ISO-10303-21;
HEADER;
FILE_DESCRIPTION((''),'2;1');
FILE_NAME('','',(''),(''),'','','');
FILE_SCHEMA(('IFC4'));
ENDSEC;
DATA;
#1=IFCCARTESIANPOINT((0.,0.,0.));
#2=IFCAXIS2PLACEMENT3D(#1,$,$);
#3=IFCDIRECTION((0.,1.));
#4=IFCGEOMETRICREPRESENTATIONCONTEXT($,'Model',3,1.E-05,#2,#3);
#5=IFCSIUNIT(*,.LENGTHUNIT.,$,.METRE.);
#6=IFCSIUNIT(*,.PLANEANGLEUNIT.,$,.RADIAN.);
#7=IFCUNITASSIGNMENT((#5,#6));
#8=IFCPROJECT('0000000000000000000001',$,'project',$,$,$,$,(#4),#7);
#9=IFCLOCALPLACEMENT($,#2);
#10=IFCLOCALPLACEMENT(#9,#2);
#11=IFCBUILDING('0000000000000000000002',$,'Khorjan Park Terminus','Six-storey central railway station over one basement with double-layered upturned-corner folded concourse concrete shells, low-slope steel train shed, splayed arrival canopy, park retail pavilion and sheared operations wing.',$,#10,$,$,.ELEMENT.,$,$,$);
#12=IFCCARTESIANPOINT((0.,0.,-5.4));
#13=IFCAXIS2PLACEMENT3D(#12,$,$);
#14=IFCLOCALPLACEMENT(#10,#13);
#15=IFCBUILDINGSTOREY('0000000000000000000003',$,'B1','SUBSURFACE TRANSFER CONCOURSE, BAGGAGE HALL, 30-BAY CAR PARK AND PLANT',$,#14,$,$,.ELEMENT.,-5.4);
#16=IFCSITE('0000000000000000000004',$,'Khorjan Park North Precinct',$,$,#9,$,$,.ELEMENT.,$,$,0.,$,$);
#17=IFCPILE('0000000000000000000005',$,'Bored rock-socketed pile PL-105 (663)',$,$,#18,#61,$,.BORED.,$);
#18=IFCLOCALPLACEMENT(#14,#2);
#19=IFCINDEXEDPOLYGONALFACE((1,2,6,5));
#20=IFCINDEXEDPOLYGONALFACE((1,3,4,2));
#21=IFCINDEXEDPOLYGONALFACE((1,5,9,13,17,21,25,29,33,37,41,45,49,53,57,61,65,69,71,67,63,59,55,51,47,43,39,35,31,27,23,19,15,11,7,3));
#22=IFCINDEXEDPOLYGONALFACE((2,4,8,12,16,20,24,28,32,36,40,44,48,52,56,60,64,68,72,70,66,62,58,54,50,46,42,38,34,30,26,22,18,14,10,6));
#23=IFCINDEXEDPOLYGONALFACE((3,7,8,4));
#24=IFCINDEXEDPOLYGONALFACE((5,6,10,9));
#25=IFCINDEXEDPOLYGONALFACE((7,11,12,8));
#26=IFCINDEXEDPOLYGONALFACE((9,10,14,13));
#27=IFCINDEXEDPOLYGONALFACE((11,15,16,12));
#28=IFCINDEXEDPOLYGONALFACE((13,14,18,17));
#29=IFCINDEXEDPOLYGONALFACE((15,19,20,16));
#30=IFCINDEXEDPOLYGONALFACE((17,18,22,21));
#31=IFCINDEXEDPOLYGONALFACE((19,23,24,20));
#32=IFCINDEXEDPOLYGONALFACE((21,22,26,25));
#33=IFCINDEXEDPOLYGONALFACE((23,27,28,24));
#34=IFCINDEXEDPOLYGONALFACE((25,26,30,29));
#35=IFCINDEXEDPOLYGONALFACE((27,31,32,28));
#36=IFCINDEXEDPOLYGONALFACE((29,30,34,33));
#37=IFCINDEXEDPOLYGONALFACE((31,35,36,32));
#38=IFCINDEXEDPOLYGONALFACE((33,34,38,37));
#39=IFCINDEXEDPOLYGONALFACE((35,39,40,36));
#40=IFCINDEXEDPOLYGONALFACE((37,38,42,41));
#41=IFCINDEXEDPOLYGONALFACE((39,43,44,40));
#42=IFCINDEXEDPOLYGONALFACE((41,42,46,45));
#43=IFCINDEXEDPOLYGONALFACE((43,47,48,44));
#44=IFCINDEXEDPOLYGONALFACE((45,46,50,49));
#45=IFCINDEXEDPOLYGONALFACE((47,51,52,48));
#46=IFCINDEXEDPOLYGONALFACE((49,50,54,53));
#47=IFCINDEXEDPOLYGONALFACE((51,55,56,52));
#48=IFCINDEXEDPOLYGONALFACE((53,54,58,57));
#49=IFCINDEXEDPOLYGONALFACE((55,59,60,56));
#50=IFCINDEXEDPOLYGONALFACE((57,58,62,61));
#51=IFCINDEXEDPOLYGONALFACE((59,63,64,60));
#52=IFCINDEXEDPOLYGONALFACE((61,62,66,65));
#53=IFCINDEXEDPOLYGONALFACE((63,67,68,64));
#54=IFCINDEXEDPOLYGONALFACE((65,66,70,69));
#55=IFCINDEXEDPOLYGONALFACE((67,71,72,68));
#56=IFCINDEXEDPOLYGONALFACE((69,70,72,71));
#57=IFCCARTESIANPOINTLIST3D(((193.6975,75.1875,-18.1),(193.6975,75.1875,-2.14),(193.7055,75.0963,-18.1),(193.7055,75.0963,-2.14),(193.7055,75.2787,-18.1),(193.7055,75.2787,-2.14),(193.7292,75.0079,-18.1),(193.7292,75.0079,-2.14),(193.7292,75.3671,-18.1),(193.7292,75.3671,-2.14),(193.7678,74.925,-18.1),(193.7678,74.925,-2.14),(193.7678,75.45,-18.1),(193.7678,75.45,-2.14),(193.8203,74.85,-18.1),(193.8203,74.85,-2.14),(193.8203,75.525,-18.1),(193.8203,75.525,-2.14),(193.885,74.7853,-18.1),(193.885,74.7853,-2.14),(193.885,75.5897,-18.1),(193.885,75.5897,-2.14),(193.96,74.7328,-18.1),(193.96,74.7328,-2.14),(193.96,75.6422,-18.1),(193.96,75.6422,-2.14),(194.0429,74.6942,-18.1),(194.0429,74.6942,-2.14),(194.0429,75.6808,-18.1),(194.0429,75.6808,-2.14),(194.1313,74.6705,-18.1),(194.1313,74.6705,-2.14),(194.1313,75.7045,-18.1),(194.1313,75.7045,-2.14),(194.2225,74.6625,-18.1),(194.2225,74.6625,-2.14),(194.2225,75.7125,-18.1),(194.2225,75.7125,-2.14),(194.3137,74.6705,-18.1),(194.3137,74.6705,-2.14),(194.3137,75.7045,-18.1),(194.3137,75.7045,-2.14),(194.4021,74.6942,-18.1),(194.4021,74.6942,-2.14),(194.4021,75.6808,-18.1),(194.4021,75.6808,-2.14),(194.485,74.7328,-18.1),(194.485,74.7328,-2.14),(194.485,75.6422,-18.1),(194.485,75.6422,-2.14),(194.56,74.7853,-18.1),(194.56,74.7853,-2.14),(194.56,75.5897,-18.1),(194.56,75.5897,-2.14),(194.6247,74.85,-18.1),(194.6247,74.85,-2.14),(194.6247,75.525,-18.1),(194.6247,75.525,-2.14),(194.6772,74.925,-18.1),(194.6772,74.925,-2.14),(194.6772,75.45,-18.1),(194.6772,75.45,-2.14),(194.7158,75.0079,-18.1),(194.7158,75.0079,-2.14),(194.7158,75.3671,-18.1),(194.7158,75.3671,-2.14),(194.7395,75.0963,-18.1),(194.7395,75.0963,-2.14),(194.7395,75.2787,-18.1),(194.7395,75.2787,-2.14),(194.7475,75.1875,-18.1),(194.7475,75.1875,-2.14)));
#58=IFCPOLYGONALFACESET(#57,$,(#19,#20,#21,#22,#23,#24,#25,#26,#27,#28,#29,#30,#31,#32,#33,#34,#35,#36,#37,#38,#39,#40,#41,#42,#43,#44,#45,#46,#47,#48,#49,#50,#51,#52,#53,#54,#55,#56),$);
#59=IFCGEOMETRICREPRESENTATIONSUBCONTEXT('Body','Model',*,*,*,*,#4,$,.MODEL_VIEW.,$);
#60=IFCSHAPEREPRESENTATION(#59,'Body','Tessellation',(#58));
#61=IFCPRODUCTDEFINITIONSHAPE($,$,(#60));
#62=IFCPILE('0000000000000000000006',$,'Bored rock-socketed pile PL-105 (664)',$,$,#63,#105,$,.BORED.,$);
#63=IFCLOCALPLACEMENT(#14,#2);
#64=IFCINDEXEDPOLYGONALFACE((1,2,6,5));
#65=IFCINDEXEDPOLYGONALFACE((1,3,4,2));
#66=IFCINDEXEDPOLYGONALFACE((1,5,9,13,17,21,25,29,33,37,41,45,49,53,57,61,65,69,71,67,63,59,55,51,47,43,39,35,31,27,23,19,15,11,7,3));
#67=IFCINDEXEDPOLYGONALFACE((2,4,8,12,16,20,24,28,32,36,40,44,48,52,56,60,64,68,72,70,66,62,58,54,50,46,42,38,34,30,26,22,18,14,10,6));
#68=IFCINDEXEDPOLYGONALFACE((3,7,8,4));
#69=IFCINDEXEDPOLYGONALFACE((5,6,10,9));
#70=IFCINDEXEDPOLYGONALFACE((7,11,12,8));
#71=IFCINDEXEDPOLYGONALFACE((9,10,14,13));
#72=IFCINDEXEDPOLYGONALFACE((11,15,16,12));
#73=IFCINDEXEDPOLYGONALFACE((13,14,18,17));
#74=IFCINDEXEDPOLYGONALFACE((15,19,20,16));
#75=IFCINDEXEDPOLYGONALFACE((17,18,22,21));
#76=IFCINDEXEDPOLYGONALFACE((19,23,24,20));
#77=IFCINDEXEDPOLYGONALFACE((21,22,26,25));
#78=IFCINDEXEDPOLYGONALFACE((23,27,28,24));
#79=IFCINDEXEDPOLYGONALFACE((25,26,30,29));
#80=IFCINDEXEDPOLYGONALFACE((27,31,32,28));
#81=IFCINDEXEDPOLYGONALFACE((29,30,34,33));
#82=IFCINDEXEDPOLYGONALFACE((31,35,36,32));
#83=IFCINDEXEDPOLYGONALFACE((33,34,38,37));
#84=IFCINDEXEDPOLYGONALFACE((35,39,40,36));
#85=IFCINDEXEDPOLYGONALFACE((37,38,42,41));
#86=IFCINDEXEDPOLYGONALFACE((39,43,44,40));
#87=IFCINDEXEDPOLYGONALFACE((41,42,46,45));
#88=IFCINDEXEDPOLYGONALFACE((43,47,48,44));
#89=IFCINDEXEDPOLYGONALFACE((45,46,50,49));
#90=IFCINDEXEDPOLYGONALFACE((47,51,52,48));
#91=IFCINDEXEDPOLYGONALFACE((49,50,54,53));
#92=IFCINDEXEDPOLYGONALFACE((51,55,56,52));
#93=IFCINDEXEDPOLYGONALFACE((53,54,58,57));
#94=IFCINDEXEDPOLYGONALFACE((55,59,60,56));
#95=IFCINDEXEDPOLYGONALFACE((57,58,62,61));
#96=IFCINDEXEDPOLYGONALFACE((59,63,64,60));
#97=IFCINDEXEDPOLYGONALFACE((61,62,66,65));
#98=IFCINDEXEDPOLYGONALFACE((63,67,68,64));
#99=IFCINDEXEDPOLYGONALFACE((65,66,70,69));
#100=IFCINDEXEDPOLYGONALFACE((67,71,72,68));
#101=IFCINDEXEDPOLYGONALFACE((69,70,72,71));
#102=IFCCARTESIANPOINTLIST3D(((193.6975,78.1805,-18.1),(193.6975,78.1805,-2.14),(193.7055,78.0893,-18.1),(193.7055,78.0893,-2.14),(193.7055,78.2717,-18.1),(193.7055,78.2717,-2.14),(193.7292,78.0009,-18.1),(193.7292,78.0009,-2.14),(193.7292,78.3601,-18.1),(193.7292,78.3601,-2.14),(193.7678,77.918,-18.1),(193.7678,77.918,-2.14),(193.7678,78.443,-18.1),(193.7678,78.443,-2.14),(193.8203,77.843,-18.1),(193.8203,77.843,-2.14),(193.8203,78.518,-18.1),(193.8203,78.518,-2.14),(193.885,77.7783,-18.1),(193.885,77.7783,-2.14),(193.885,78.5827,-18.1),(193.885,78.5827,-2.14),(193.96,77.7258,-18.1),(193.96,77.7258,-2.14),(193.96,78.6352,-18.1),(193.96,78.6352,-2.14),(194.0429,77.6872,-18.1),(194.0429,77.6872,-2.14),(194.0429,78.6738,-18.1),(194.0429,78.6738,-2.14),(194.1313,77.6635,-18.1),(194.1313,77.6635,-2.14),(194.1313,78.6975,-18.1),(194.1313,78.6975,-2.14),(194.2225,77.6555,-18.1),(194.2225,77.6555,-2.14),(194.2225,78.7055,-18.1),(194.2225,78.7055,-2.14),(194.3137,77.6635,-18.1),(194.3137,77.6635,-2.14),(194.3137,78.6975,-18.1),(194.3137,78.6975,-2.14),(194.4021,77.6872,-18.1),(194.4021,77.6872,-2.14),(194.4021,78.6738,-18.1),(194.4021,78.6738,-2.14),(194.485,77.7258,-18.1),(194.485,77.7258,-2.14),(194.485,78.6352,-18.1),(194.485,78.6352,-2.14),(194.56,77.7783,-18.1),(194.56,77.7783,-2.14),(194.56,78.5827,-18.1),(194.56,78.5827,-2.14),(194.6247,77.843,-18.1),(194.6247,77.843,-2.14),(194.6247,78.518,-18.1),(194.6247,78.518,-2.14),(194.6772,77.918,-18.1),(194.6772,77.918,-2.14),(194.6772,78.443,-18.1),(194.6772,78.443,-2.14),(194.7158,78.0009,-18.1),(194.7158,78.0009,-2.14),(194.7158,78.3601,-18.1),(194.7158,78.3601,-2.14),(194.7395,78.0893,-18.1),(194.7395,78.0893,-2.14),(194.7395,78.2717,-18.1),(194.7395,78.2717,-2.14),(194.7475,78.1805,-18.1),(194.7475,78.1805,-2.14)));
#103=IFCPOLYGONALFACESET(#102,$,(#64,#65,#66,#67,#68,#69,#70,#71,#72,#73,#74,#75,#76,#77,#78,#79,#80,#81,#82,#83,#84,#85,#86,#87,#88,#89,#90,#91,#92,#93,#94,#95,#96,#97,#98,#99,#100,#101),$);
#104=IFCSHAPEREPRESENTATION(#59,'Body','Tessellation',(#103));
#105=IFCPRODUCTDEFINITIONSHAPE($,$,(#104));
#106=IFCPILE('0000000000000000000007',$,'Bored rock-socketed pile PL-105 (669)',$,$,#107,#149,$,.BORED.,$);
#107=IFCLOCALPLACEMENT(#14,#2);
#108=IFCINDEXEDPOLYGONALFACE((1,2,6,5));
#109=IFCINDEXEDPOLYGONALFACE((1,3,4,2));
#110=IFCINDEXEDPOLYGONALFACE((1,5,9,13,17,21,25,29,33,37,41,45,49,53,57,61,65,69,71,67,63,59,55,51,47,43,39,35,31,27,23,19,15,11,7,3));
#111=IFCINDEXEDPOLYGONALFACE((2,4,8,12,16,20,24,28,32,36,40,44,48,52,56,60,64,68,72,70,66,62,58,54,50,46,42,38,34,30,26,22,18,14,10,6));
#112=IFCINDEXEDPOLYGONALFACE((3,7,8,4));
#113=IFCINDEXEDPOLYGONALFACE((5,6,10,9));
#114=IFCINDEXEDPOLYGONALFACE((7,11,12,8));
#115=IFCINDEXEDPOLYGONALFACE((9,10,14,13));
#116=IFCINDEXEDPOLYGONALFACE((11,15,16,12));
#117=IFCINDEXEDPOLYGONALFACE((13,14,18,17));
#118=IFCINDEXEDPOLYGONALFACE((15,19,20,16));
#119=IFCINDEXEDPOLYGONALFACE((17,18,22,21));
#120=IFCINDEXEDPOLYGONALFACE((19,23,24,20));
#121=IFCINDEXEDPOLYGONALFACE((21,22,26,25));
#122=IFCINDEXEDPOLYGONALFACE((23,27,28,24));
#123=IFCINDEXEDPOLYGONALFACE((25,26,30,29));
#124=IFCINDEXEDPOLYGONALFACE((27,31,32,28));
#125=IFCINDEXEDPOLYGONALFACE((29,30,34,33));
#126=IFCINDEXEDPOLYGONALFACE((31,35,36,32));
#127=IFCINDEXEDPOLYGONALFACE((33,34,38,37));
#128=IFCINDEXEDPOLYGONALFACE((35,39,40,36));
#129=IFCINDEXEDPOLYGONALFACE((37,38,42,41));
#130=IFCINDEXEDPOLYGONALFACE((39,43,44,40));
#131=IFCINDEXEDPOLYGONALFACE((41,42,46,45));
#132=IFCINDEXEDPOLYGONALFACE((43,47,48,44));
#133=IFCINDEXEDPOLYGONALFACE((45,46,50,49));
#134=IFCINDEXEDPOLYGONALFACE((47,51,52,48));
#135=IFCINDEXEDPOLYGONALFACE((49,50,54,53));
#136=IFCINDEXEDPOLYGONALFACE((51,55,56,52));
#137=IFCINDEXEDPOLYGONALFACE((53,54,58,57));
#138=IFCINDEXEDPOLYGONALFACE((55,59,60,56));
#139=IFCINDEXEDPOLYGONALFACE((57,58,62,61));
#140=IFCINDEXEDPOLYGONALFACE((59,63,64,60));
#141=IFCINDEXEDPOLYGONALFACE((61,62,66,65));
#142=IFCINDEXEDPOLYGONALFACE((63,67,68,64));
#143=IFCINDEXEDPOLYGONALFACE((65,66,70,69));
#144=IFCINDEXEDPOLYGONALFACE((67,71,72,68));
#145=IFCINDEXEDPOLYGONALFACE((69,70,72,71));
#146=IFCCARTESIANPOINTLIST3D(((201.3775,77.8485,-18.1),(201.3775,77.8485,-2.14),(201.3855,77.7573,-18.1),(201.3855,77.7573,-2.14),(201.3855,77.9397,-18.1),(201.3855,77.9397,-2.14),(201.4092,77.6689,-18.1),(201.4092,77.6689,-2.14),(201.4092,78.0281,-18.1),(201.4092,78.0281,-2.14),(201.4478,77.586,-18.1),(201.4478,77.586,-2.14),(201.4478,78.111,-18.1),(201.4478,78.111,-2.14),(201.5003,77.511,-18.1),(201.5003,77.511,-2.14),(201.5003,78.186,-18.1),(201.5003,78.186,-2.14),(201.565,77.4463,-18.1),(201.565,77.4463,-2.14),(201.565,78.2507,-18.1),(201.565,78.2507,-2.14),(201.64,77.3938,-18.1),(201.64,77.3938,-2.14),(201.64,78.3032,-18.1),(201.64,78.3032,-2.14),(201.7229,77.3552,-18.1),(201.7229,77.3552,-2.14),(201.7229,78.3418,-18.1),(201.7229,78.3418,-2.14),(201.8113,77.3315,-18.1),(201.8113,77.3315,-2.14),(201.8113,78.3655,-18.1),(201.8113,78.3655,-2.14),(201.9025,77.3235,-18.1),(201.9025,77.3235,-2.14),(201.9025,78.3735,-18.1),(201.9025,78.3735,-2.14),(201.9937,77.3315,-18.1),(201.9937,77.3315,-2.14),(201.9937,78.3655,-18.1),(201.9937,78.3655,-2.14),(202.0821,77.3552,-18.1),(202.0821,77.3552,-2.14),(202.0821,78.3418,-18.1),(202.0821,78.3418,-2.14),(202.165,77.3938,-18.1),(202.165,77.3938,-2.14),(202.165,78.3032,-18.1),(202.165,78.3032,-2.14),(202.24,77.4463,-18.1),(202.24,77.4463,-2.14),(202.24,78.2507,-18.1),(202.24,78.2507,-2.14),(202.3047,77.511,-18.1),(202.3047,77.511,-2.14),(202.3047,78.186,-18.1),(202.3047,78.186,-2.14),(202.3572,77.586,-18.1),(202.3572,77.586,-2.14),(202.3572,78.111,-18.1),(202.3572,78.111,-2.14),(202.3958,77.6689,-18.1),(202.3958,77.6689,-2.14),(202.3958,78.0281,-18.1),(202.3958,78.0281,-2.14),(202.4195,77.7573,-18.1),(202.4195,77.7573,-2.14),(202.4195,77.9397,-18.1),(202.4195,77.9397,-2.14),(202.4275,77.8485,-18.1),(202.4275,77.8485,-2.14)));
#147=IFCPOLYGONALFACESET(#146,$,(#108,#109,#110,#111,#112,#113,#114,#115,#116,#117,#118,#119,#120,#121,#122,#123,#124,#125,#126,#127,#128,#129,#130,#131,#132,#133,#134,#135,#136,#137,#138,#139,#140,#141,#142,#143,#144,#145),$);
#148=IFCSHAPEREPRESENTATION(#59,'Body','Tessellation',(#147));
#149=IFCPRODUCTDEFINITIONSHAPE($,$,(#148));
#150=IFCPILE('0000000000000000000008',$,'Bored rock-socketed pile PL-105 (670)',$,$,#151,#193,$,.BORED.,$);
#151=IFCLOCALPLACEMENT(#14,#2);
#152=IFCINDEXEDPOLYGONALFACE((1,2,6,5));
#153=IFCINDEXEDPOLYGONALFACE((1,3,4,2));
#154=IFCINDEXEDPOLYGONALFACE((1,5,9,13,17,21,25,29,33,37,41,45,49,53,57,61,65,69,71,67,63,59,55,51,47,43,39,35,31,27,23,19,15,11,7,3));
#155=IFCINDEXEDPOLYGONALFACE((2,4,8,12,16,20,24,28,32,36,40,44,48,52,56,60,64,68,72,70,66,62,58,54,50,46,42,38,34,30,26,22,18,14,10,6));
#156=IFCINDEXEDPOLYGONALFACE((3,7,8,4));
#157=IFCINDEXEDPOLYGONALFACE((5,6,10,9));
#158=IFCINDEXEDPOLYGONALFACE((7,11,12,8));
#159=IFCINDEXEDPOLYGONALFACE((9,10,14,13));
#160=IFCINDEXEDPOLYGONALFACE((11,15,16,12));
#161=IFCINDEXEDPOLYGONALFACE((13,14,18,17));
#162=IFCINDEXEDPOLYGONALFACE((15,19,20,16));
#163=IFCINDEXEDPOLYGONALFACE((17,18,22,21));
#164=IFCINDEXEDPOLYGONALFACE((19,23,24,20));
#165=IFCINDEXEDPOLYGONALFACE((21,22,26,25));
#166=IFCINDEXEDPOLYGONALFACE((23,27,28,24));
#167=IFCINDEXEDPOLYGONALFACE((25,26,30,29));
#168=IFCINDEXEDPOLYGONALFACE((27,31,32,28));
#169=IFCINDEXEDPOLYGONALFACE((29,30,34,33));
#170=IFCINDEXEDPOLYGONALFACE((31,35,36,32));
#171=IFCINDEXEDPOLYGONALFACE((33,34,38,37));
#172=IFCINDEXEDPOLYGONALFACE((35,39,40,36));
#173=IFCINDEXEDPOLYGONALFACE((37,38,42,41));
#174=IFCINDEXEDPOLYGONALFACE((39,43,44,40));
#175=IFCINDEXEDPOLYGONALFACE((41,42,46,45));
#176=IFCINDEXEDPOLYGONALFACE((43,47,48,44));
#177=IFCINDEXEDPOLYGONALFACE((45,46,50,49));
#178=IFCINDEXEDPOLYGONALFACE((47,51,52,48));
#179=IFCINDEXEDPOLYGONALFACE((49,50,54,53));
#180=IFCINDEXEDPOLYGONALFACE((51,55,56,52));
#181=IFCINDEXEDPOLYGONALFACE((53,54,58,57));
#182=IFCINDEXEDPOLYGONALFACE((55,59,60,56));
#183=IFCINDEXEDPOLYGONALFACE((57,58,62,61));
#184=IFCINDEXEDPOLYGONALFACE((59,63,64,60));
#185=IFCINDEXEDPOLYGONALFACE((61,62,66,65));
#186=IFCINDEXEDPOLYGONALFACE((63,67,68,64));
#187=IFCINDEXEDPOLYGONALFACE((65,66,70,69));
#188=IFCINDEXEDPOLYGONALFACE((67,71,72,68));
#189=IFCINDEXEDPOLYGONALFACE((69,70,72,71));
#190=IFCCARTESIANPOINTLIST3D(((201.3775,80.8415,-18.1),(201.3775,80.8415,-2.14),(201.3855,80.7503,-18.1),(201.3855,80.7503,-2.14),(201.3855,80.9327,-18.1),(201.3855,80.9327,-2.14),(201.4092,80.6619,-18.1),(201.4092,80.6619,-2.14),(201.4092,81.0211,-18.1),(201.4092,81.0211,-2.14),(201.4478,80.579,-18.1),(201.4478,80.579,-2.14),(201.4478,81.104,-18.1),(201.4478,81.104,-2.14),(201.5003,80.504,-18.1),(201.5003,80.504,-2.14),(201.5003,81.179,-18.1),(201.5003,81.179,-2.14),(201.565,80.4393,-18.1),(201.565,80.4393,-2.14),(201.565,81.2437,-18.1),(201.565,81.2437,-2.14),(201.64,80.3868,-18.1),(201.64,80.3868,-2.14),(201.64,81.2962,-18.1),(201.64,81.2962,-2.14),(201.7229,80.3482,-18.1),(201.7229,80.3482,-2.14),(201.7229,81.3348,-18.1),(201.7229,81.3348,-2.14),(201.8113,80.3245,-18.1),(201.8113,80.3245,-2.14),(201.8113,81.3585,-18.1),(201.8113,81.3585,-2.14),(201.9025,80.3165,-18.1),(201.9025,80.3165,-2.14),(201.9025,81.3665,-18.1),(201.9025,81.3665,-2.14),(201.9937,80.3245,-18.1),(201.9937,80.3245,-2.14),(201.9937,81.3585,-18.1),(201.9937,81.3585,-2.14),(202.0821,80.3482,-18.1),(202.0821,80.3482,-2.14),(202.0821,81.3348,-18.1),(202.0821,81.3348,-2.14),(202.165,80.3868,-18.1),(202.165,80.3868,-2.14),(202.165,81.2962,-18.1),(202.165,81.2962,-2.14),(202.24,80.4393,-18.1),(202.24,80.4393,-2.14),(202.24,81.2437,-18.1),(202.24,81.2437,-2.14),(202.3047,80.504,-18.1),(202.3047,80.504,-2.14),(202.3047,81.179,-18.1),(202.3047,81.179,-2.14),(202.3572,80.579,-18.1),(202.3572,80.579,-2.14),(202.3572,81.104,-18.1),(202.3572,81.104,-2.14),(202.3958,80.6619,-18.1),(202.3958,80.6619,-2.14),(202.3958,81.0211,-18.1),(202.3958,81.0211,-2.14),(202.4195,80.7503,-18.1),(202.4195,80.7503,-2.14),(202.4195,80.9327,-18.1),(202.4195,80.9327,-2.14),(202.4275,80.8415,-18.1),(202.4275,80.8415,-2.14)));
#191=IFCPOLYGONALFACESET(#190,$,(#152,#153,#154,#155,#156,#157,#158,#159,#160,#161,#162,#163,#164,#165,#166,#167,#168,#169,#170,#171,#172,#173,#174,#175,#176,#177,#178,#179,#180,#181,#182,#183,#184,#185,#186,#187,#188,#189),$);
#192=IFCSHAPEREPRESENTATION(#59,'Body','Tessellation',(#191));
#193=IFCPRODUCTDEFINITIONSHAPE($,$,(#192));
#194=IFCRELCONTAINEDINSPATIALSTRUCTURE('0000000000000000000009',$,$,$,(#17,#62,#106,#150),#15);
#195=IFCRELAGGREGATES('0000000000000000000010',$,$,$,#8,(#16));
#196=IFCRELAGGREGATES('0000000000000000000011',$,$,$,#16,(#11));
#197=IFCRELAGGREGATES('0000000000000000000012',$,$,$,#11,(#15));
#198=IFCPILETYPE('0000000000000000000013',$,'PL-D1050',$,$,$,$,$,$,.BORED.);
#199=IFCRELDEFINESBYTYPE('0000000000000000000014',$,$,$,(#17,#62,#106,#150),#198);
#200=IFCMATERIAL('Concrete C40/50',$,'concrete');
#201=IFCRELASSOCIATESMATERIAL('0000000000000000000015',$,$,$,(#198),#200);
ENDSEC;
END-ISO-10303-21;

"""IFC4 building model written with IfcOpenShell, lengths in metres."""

from ifc_helpers import new_model, si_unit, direction, frame, origin, origin_2d, place, context, subcontext, project, spatial, circle, extrude, material, material_profile, profile_set, type_object, element, save


model = new_model("IFC4")

# Units and contexts
model_context = context("Model", 3, precision=1e-05, world=origin(), true_north=direction((0.0, 1.0)))
body_context = subcontext(model_context, "Body", "Model", "MODEL_VIEW")
ifc_project = project(units=[si_unit("LENGTHUNIT", "METRE"), si_unit("PLANEANGLEUNIT", "RADIAN")], contexts=[model_context])

# Site, building, storey
site_placement = place(None, origin())
site = spatial("IfcSite", under=ifc_project, at=site_placement, Name="Khorjan Park North Precinct", CompositionType="ELEMENT", RefElevation=0.0)
building_placement = place(site_placement, origin())
building = spatial("IfcBuilding", under=site, at=building_placement, Name="Khorjan Park Terminus", Description="Six-storey central railway station over one basement with double-layered upturned-corner folded concourse concrete shells, low-slope steel train shed, splayed arrival canopy, park retail pavilion and sheared operations wing.", CompositionType="ELEMENT")
storey_placement = place(building_placement, frame((0.0, 0.0, -5.4)))
storey = spatial("IfcBuildingStorey", under=building, at=storey_placement, Name="B1", Description="SUBSURFACE TRANSFER CONCOURSE, BAGGAGE HALL, 30-BAY CAR PARK AND PLANT", CompositionType="ELEMENT", Elevation=-5.4)

# Piles
ifc_material_1 = material(Name="Concrete C40/50", Category="concrete")
ifc_material_profile_1 = material_profile(ifc_material_1, circle(Radius=0.525, at=origin_2d()), Name="BORED D1050")
ifc_profile_set_1 = profile_set([ifc_material_profile_1], Name="Concrete C40/50")
pile_type_1 = type_object("IfcPileType", Name="PL-D1050", PredefinedType="BORED", material=ifc_profile_set_1)
for number, where, z_axis, x_axis, name in (
    (1, (194.2225, 75.1875, -2.14), (0.0, 0.0, -1.0), (1.0, 0.0, 0.0), "Bored rock-socketed pile PL-105 (663)"),
    (2, (194.2225, 78.1805, -2.14), (0.0, 0.0, -1.0), (1.0, 0.0, 0.0), "Bored rock-socketed pile PL-105 (664)"),
    (3, (201.9025, 77.8485, -2.14), (0.0, 0.0, -1.0), (1.0, 0.0, 0.0), "Bored rock-socketed pile PL-105 (669)"),
    (4, (201.9025, 80.8415, -2.14), (0.0, 0.0, -1.0), (1.0, 0.0, 0.0), "Bored rock-socketed pile PL-105 (670)"),
):
    element("IfcPile", number, at=place(storey_placement, frame(where, z_axis=z_axis, x_axis=x_axis)), inside=storey, type_object=pile_type_1, Name=name, PredefinedType="BORED", context=body_context, shape_type="SweptSolid", body=[
        extrude(circle(Radius=0.525, at=origin_2d()), origin(), (0.0, 0.0, 1.0), 15.96),
    ])

save(model, "model.ifc")
